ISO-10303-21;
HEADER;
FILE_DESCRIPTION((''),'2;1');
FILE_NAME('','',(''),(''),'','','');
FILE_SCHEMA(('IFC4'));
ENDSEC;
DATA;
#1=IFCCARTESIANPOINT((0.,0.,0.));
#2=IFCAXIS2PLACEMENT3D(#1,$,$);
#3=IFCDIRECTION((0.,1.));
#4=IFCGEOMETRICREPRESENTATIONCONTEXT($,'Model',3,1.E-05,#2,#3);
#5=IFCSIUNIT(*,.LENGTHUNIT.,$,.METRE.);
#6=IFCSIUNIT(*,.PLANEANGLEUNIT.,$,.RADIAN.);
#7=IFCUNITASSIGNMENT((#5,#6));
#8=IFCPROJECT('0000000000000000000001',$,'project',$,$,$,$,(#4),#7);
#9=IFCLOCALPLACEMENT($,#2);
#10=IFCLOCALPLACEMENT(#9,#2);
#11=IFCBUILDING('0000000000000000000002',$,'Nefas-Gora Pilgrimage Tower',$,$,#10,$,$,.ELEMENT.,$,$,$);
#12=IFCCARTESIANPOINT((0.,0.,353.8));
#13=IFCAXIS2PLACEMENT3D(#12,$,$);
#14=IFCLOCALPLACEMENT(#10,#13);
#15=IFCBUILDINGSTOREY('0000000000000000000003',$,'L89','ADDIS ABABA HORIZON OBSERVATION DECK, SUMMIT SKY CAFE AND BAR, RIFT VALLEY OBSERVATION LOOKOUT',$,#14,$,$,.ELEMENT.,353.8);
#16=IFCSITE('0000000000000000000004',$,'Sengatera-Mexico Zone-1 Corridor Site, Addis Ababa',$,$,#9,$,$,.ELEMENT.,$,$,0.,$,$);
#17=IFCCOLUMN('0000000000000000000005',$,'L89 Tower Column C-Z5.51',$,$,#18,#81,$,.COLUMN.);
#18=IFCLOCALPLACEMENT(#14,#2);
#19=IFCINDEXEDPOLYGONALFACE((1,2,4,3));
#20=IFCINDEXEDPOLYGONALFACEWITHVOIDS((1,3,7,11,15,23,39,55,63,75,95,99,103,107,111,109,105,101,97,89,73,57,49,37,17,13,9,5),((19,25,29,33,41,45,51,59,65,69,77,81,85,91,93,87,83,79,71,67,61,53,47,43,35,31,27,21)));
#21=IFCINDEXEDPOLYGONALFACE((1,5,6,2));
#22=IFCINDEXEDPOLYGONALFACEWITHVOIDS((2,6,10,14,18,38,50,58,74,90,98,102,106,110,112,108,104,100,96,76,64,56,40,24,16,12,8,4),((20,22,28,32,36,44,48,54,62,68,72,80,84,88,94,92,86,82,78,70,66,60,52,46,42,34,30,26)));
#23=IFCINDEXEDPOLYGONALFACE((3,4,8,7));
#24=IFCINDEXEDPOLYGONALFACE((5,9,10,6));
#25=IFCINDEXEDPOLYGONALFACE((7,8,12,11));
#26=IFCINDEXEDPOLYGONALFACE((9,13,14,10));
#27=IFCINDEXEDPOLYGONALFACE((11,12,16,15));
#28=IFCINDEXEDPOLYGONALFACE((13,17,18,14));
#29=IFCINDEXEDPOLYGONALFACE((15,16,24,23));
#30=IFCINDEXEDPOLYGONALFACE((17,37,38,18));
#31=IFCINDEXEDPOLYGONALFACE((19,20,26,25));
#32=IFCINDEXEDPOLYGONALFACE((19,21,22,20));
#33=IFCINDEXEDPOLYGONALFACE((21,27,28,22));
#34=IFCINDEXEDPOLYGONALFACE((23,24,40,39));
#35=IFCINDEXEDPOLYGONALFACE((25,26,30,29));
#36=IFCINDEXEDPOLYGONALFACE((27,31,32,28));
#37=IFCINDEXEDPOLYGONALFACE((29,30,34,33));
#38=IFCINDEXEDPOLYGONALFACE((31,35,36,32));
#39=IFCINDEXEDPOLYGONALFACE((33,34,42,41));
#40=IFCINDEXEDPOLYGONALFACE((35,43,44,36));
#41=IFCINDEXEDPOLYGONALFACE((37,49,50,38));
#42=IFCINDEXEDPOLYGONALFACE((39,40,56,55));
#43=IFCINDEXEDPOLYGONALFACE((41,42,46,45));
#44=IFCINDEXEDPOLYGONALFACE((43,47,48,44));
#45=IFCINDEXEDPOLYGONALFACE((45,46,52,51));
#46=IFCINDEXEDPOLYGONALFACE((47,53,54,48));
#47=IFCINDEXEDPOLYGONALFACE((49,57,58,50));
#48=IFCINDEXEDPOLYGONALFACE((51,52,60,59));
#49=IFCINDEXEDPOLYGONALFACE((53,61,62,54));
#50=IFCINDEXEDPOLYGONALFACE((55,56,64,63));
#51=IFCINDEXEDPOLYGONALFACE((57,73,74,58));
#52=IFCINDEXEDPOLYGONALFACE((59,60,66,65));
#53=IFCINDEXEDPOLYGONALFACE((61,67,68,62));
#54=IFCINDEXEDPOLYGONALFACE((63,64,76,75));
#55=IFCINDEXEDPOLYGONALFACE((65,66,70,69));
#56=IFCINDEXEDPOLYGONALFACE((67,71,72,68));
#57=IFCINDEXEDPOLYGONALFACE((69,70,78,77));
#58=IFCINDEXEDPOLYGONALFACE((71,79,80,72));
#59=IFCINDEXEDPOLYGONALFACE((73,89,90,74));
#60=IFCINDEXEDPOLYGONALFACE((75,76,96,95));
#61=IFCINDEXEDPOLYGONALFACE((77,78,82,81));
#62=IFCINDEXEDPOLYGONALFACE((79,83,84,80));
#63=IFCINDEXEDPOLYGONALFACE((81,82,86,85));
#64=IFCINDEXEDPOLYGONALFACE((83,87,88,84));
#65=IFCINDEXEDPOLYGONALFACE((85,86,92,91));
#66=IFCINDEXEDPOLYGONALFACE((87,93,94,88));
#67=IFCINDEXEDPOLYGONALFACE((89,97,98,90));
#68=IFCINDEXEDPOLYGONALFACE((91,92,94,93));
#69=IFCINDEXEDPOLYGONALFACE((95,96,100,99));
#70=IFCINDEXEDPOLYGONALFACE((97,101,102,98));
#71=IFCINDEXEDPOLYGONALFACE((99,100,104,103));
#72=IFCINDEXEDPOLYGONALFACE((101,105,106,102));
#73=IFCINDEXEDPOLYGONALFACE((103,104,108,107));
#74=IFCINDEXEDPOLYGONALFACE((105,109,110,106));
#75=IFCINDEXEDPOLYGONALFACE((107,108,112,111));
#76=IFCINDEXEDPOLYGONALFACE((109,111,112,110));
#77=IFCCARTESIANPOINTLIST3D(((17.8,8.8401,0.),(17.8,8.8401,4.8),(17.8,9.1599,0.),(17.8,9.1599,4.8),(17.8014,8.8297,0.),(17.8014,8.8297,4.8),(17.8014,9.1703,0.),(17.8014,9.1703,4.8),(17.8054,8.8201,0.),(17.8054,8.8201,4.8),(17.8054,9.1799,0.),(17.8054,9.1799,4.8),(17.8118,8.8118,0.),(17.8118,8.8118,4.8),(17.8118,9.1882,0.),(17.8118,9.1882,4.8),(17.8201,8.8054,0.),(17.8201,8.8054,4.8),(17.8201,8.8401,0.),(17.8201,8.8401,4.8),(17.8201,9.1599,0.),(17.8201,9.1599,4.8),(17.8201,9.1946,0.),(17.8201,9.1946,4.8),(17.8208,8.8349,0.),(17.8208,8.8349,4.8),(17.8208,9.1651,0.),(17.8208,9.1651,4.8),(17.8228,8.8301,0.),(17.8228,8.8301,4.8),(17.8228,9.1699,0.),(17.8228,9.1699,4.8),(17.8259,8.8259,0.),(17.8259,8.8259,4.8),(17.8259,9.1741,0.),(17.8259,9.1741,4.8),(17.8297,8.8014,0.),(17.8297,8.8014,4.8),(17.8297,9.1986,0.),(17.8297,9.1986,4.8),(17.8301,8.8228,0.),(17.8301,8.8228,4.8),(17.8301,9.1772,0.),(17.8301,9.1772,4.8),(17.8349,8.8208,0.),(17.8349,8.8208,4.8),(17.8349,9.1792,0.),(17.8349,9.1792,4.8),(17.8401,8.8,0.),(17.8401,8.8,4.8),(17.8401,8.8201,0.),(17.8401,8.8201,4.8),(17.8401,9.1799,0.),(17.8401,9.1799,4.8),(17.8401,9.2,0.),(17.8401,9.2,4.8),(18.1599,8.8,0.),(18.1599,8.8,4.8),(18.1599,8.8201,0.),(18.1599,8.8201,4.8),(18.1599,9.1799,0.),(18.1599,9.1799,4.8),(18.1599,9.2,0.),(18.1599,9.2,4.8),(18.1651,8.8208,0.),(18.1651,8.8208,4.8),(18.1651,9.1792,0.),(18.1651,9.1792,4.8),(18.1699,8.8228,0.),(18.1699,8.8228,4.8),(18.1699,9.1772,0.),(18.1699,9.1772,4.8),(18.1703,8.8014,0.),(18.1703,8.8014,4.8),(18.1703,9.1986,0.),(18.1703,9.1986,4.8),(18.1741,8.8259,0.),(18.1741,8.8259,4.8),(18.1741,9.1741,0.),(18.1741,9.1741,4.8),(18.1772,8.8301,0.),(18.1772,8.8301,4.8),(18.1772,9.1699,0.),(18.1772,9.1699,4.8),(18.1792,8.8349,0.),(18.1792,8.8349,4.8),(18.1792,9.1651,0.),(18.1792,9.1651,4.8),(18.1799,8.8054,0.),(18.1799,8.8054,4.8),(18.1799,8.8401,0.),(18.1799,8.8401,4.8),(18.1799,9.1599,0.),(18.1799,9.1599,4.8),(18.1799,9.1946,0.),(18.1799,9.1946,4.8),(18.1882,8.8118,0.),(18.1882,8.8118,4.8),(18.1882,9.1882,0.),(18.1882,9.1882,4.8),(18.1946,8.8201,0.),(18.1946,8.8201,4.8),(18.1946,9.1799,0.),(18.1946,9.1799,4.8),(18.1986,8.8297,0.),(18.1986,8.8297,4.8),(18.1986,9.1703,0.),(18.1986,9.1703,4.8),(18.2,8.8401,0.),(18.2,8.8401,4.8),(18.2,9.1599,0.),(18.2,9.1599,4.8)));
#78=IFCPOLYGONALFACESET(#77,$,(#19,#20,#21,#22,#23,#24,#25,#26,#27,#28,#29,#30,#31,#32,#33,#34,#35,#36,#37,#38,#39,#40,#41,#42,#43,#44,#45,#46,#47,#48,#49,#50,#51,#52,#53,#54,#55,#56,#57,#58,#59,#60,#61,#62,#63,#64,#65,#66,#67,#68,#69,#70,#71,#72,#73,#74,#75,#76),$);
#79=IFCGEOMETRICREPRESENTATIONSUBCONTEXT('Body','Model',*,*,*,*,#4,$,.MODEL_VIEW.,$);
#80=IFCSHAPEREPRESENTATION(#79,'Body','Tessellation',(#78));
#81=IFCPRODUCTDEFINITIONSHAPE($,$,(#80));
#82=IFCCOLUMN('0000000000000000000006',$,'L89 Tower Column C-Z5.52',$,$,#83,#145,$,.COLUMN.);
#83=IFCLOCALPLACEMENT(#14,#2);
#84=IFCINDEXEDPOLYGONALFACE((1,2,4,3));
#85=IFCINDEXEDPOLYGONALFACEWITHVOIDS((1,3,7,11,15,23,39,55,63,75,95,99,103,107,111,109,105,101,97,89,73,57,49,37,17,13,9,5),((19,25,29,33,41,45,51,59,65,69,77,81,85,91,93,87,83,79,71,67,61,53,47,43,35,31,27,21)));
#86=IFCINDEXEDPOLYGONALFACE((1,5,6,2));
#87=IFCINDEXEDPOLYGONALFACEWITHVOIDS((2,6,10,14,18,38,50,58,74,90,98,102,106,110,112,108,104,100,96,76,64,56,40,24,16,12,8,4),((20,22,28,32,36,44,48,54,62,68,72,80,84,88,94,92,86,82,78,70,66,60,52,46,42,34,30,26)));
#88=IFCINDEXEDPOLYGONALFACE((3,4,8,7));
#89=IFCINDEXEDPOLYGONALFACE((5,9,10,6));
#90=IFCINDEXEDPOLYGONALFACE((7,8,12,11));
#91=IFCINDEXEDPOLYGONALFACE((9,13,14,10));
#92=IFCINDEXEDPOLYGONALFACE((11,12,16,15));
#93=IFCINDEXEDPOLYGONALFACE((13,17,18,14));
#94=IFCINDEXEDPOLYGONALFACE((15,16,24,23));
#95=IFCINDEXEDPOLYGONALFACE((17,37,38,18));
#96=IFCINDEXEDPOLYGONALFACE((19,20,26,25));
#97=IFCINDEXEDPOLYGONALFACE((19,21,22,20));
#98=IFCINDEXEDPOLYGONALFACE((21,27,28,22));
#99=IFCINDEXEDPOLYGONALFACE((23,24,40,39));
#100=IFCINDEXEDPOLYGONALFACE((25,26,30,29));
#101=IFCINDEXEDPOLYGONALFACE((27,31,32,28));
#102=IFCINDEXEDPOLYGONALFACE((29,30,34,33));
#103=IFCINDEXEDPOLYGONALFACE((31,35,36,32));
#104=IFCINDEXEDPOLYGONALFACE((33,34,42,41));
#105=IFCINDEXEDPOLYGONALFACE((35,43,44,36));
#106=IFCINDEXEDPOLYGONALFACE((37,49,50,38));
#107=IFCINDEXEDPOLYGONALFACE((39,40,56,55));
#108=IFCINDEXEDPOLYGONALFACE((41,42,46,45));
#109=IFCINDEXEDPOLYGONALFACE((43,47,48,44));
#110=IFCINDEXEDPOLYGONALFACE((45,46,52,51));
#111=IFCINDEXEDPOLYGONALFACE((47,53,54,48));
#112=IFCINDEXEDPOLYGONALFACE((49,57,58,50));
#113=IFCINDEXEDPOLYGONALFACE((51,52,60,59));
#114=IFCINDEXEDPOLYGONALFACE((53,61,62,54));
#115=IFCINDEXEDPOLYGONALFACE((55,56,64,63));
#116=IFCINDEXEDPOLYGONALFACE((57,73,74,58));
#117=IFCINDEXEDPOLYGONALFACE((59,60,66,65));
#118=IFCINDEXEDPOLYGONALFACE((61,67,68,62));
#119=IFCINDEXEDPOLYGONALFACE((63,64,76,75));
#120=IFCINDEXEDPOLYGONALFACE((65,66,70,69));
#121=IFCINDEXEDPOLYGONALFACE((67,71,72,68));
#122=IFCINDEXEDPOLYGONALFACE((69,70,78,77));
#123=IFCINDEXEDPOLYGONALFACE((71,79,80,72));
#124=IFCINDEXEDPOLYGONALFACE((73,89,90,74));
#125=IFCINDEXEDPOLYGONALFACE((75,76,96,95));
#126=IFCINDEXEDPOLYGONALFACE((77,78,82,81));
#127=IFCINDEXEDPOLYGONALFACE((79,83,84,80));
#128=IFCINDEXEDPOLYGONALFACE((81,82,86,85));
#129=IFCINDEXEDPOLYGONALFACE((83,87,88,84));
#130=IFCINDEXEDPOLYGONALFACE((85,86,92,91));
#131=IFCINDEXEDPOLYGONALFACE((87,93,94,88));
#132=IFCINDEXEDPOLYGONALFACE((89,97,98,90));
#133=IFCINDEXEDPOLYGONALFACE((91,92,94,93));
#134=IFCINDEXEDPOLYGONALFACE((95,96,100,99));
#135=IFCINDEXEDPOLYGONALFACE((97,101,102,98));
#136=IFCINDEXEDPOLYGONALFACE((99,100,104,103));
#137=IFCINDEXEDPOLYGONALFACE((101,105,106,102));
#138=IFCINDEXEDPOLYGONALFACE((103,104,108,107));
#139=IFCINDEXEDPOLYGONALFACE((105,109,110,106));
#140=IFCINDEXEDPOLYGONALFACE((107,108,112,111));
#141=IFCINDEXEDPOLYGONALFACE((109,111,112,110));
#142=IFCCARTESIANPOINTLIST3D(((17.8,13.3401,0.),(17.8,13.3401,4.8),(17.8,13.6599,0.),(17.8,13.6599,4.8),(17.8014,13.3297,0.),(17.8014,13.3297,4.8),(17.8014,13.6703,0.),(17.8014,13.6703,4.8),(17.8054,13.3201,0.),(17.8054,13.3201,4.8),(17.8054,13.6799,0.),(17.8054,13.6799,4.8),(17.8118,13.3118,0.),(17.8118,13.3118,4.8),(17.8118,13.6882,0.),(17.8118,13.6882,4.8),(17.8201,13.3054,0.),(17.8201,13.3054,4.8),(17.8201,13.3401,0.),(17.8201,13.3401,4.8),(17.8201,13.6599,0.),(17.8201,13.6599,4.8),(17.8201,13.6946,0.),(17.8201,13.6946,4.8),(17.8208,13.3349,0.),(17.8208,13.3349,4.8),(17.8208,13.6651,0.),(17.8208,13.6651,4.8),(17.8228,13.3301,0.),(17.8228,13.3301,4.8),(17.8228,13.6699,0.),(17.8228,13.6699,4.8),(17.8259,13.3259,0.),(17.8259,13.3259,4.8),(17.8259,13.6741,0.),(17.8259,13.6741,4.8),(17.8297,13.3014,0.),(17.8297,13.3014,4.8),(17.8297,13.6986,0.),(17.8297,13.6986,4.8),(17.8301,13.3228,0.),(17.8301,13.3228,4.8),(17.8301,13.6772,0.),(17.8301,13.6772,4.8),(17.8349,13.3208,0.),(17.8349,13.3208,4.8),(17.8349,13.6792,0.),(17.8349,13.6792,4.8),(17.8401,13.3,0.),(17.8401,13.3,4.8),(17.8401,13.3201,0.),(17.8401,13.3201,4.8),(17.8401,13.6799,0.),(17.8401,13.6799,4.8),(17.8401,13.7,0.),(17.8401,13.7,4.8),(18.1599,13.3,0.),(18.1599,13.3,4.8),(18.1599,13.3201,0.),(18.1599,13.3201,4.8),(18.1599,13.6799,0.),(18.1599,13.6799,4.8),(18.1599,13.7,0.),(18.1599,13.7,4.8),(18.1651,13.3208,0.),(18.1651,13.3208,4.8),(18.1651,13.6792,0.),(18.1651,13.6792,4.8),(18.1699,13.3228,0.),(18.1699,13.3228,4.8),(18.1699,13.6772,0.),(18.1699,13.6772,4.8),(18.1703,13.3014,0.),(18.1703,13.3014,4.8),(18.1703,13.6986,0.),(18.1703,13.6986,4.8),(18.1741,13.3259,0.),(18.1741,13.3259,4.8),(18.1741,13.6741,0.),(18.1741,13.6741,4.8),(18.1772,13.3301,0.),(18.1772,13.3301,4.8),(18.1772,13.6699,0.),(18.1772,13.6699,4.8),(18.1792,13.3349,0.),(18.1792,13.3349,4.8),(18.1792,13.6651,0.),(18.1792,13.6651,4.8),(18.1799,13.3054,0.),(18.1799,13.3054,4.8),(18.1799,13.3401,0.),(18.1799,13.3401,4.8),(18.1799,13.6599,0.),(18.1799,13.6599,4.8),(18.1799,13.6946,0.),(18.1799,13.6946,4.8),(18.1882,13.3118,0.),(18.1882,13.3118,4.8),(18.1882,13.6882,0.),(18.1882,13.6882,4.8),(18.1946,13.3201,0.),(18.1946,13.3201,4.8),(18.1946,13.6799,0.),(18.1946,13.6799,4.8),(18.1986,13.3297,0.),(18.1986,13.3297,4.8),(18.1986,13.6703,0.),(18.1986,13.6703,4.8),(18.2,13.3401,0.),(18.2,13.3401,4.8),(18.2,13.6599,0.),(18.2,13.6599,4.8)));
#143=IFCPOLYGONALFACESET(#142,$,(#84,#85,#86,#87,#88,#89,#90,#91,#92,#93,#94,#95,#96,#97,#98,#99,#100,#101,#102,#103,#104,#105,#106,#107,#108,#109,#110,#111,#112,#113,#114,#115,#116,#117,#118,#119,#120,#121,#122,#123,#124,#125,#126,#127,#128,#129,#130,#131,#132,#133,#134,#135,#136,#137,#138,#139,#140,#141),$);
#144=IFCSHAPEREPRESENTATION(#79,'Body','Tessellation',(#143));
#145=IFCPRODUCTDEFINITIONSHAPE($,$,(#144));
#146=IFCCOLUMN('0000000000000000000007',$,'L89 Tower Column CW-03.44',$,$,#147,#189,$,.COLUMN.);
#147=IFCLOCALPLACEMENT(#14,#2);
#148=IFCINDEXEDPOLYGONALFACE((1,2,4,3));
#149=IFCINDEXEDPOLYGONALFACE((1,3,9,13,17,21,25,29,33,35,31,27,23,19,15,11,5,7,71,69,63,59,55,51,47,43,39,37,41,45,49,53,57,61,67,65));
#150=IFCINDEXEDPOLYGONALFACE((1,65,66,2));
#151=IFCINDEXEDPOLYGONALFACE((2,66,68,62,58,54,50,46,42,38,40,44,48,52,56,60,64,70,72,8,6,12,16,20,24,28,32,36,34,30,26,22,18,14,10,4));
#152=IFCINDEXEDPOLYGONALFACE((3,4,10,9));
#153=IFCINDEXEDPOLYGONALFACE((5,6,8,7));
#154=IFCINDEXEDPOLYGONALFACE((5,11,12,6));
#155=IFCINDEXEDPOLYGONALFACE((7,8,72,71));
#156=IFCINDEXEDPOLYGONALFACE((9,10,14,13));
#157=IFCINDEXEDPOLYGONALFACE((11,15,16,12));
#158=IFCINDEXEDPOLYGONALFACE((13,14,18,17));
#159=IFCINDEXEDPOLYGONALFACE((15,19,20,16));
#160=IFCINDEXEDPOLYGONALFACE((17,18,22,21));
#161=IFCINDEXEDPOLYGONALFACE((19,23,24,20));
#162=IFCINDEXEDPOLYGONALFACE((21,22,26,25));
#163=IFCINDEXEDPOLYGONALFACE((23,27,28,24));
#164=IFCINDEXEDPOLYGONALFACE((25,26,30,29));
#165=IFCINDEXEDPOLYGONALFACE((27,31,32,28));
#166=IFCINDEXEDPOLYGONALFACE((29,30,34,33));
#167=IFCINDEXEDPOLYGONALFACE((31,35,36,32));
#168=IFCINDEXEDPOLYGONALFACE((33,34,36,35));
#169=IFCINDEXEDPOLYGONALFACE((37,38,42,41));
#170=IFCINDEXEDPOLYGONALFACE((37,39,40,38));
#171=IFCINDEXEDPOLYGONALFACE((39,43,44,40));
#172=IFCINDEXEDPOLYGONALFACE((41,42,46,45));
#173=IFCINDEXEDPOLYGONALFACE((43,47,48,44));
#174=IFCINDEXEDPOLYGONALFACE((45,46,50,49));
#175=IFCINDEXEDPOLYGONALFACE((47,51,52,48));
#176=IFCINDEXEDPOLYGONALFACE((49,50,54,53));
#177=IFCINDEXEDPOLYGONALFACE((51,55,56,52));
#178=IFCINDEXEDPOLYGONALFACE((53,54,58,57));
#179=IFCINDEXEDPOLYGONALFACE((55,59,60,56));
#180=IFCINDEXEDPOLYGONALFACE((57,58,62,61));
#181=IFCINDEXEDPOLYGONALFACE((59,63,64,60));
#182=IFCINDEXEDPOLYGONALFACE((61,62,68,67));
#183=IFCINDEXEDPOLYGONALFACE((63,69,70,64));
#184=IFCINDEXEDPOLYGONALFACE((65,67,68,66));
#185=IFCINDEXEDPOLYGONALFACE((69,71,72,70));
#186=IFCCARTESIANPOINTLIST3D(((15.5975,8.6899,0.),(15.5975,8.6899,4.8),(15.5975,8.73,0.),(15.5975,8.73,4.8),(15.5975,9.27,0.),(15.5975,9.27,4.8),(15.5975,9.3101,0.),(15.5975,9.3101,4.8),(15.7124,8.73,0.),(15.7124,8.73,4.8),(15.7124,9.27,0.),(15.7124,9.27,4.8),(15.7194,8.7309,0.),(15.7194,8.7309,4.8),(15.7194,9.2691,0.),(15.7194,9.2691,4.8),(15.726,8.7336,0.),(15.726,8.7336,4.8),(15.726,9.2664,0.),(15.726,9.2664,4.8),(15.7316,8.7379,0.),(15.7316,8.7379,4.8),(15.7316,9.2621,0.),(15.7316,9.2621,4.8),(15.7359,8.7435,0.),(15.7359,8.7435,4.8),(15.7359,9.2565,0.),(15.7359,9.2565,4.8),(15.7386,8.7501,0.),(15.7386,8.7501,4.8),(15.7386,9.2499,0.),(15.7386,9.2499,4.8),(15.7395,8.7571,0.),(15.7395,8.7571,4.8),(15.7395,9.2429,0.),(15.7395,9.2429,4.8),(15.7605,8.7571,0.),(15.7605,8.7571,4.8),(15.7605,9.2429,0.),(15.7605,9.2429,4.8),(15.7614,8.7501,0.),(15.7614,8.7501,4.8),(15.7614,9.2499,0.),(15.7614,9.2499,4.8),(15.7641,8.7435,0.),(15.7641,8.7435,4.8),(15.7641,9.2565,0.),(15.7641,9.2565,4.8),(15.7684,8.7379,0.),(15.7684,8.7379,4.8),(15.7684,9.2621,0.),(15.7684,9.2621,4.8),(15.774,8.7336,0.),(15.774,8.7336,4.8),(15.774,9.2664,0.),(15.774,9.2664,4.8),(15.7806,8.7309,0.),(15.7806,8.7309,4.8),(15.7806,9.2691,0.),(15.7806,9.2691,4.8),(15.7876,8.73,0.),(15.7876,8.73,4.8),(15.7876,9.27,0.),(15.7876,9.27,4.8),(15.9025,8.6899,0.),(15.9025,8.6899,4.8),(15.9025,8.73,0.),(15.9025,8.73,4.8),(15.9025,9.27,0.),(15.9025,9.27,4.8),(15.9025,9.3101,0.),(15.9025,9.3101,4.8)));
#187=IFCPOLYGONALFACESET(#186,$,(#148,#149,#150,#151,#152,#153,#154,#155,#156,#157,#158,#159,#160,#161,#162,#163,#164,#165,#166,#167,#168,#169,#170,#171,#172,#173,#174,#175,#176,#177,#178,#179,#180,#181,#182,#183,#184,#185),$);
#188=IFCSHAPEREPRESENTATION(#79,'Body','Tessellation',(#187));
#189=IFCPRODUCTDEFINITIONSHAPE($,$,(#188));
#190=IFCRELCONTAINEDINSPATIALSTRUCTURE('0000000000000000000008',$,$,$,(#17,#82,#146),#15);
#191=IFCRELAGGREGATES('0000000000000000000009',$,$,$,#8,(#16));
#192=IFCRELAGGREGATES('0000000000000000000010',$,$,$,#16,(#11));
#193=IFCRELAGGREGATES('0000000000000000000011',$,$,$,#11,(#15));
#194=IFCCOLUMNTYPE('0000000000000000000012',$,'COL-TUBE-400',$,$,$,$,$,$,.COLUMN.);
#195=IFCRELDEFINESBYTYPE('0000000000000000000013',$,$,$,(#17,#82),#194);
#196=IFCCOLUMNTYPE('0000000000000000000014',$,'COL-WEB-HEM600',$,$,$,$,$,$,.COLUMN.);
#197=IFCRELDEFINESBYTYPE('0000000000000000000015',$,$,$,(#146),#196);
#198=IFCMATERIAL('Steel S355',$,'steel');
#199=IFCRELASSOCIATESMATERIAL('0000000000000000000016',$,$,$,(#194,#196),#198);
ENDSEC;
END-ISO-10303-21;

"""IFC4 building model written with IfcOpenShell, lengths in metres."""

from ifc_helpers import new_model, si_unit, direction, frame, origin, origin_2d, place, context, subcontext, project, spatial, hollow_rectangle, i_section, extrude, source, transform, mapped, material, material_profile, profile_set, type_object, element, save


model = new_model("IFC4")

# Units and contexts
model_context = context("Model", 3, precision=1e-05, world=origin(), true_north=direction((0.0, 1.0)))
body_context = subcontext(model_context, "Body", "Model", "MODEL_VIEW")
ifc_project = project(units=[si_unit("LENGTHUNIT", "METRE"), si_unit("PLANEANGLEUNIT", "RADIAN")], contexts=[model_context])

# Site, building, storey
site_placement = place(None, origin())
site = spatial("IfcSite", under=ifc_project, at=site_placement, Name="Sengatera-Mexico Zone-1 Corridor Site, Addis Ababa", CompositionType="ELEMENT", RefElevation=0.0)
building_placement = place(site_placement, origin())
building = spatial("IfcBuilding", under=site, at=building_placement, Name="Nefas-Gora Pilgrimage Tower", CompositionType="ELEMENT")
storey_placement = place(building_placement, frame((0.0, 0.0, 353.8)))
storey = spatial("IfcBuildingStorey", under=building, at=storey_placement, Name="L89", Description="ADDIS ABABA HORIZON OBSERVATION DECK, SUMMIT SKY CAFE AND BAR, RIFT VALLEY OBSERVATION LOOKOUT", CompositionType="ELEMENT", Elevation=353.8)

# Columns
ifc_material_1 = material(Name="Steel S355", Category="steel")
ifc_material_profile_1 = material_profile(ifc_material_1, hollow_rectangle(XDim=0.3999, YDim=0.3999, WallThickness=0.02, InnerFilletRadius=0.02, OuterFilletRadius=0.04, at=origin_2d()), Name="SHS 400x400x20")
ifc_profile_set_1 = profile_set([ifc_material_profile_1], Name="Steel S355")
column_type_1 = type_object("IfcColumnType", Name="COL-TUBE-400", PredefinedType="COLUMN", material=ifc_profile_set_1)
shared_shape_1 = source(origin(), body_context, "Body", "SweptSolid", [
    extrude(hollow_rectangle(XDim=0.3999, YDim=0.3999, WallThickness=0.02, InnerFilletRadius=0.02, OuterFilletRadius=0.04, at=origin_2d()), origin(), (0.0, 0.0, 1.0), 4.8),
])
for number, where, z_axis, x_axis, name in (
    (1, (18.0, 9.0, 0.0), (0.0, 0.0, 1.0), (1.0, 0.0, 0.0), "L89 Tower Column C-Z5.51"),
    (2, (18.0, 13.5, 0.0), (0.0, 0.0, 1.0), (1.0, 0.0, 0.0), "L89 Tower Column C-Z5.52"),
):
    element("IfcColumn", number, at=place(storey_placement, frame(where, z_axis=z_axis, x_axis=x_axis)), inside=storey, type_object=column_type_1, Name=name, PredefinedType="COLUMN", context=body_context, shape_type="MappedRepresentation", body=[
        mapped(shared_shape_1, transform((0.0, 0.0, 0.0), x_axis=(1.0, 0.0, 0.0), y_axis=(0.0, 1.0, 0.0), z_axis=(0.0, 0.0, 1.0), scale=1.0)),
    ])
ifc_material_profile_2 = material_profile(ifc_material_1, i_section(OverallWidth=0.3049, OverallDepth=0.6201, WebThickness=0.021, FlangeThickness=0.04, FilletRadius=0.0271, at=origin_2d()), Name="HEM 600")
ifc_profile_set_2 = profile_set([ifc_material_profile_2], Name="Steel S355")
column_type_2 = type_object("IfcColumnType", Name="COL-WEB-HEM600", PredefinedType="COLUMN", material=ifc_profile_set_2)
shared_shape_2 = source(origin(), body_context, "Body", "SweptSolid", [
    extrude(i_section(OverallWidth=0.3049, OverallDepth=0.6201, WebThickness=0.021, FlangeThickness=0.04, FilletRadius=0.0271, at=origin_2d()), origin(), (0.0, 0.0, 1.0), 4.8),
])
for number, where, z_axis, x_axis, name in (
    (3, (15.75, 9.0, 0.0), (0.0, 0.0, 1.0), (1.0, 0.0, 0.0), "L89 Tower Column CW-03.44"),
):
    element("IfcColumn", number, at=place(storey_placement, frame(where, z_axis=z_axis, x_axis=x_axis)), inside=storey, type_object=column_type_2, Name=name, PredefinedType="COLUMN", context=body_context, shape_type="MappedRepresentation", body=[
        mapped(shared_shape_2, transform((0.0, 0.0, 0.0), x_axis=(1.0, 0.0, 0.0), y_axis=(0.0, 1.0, 0.0), z_axis=(0.0, 0.0, 1.0), scale=1.0)),
    ])

save(model, "model.ifc")
